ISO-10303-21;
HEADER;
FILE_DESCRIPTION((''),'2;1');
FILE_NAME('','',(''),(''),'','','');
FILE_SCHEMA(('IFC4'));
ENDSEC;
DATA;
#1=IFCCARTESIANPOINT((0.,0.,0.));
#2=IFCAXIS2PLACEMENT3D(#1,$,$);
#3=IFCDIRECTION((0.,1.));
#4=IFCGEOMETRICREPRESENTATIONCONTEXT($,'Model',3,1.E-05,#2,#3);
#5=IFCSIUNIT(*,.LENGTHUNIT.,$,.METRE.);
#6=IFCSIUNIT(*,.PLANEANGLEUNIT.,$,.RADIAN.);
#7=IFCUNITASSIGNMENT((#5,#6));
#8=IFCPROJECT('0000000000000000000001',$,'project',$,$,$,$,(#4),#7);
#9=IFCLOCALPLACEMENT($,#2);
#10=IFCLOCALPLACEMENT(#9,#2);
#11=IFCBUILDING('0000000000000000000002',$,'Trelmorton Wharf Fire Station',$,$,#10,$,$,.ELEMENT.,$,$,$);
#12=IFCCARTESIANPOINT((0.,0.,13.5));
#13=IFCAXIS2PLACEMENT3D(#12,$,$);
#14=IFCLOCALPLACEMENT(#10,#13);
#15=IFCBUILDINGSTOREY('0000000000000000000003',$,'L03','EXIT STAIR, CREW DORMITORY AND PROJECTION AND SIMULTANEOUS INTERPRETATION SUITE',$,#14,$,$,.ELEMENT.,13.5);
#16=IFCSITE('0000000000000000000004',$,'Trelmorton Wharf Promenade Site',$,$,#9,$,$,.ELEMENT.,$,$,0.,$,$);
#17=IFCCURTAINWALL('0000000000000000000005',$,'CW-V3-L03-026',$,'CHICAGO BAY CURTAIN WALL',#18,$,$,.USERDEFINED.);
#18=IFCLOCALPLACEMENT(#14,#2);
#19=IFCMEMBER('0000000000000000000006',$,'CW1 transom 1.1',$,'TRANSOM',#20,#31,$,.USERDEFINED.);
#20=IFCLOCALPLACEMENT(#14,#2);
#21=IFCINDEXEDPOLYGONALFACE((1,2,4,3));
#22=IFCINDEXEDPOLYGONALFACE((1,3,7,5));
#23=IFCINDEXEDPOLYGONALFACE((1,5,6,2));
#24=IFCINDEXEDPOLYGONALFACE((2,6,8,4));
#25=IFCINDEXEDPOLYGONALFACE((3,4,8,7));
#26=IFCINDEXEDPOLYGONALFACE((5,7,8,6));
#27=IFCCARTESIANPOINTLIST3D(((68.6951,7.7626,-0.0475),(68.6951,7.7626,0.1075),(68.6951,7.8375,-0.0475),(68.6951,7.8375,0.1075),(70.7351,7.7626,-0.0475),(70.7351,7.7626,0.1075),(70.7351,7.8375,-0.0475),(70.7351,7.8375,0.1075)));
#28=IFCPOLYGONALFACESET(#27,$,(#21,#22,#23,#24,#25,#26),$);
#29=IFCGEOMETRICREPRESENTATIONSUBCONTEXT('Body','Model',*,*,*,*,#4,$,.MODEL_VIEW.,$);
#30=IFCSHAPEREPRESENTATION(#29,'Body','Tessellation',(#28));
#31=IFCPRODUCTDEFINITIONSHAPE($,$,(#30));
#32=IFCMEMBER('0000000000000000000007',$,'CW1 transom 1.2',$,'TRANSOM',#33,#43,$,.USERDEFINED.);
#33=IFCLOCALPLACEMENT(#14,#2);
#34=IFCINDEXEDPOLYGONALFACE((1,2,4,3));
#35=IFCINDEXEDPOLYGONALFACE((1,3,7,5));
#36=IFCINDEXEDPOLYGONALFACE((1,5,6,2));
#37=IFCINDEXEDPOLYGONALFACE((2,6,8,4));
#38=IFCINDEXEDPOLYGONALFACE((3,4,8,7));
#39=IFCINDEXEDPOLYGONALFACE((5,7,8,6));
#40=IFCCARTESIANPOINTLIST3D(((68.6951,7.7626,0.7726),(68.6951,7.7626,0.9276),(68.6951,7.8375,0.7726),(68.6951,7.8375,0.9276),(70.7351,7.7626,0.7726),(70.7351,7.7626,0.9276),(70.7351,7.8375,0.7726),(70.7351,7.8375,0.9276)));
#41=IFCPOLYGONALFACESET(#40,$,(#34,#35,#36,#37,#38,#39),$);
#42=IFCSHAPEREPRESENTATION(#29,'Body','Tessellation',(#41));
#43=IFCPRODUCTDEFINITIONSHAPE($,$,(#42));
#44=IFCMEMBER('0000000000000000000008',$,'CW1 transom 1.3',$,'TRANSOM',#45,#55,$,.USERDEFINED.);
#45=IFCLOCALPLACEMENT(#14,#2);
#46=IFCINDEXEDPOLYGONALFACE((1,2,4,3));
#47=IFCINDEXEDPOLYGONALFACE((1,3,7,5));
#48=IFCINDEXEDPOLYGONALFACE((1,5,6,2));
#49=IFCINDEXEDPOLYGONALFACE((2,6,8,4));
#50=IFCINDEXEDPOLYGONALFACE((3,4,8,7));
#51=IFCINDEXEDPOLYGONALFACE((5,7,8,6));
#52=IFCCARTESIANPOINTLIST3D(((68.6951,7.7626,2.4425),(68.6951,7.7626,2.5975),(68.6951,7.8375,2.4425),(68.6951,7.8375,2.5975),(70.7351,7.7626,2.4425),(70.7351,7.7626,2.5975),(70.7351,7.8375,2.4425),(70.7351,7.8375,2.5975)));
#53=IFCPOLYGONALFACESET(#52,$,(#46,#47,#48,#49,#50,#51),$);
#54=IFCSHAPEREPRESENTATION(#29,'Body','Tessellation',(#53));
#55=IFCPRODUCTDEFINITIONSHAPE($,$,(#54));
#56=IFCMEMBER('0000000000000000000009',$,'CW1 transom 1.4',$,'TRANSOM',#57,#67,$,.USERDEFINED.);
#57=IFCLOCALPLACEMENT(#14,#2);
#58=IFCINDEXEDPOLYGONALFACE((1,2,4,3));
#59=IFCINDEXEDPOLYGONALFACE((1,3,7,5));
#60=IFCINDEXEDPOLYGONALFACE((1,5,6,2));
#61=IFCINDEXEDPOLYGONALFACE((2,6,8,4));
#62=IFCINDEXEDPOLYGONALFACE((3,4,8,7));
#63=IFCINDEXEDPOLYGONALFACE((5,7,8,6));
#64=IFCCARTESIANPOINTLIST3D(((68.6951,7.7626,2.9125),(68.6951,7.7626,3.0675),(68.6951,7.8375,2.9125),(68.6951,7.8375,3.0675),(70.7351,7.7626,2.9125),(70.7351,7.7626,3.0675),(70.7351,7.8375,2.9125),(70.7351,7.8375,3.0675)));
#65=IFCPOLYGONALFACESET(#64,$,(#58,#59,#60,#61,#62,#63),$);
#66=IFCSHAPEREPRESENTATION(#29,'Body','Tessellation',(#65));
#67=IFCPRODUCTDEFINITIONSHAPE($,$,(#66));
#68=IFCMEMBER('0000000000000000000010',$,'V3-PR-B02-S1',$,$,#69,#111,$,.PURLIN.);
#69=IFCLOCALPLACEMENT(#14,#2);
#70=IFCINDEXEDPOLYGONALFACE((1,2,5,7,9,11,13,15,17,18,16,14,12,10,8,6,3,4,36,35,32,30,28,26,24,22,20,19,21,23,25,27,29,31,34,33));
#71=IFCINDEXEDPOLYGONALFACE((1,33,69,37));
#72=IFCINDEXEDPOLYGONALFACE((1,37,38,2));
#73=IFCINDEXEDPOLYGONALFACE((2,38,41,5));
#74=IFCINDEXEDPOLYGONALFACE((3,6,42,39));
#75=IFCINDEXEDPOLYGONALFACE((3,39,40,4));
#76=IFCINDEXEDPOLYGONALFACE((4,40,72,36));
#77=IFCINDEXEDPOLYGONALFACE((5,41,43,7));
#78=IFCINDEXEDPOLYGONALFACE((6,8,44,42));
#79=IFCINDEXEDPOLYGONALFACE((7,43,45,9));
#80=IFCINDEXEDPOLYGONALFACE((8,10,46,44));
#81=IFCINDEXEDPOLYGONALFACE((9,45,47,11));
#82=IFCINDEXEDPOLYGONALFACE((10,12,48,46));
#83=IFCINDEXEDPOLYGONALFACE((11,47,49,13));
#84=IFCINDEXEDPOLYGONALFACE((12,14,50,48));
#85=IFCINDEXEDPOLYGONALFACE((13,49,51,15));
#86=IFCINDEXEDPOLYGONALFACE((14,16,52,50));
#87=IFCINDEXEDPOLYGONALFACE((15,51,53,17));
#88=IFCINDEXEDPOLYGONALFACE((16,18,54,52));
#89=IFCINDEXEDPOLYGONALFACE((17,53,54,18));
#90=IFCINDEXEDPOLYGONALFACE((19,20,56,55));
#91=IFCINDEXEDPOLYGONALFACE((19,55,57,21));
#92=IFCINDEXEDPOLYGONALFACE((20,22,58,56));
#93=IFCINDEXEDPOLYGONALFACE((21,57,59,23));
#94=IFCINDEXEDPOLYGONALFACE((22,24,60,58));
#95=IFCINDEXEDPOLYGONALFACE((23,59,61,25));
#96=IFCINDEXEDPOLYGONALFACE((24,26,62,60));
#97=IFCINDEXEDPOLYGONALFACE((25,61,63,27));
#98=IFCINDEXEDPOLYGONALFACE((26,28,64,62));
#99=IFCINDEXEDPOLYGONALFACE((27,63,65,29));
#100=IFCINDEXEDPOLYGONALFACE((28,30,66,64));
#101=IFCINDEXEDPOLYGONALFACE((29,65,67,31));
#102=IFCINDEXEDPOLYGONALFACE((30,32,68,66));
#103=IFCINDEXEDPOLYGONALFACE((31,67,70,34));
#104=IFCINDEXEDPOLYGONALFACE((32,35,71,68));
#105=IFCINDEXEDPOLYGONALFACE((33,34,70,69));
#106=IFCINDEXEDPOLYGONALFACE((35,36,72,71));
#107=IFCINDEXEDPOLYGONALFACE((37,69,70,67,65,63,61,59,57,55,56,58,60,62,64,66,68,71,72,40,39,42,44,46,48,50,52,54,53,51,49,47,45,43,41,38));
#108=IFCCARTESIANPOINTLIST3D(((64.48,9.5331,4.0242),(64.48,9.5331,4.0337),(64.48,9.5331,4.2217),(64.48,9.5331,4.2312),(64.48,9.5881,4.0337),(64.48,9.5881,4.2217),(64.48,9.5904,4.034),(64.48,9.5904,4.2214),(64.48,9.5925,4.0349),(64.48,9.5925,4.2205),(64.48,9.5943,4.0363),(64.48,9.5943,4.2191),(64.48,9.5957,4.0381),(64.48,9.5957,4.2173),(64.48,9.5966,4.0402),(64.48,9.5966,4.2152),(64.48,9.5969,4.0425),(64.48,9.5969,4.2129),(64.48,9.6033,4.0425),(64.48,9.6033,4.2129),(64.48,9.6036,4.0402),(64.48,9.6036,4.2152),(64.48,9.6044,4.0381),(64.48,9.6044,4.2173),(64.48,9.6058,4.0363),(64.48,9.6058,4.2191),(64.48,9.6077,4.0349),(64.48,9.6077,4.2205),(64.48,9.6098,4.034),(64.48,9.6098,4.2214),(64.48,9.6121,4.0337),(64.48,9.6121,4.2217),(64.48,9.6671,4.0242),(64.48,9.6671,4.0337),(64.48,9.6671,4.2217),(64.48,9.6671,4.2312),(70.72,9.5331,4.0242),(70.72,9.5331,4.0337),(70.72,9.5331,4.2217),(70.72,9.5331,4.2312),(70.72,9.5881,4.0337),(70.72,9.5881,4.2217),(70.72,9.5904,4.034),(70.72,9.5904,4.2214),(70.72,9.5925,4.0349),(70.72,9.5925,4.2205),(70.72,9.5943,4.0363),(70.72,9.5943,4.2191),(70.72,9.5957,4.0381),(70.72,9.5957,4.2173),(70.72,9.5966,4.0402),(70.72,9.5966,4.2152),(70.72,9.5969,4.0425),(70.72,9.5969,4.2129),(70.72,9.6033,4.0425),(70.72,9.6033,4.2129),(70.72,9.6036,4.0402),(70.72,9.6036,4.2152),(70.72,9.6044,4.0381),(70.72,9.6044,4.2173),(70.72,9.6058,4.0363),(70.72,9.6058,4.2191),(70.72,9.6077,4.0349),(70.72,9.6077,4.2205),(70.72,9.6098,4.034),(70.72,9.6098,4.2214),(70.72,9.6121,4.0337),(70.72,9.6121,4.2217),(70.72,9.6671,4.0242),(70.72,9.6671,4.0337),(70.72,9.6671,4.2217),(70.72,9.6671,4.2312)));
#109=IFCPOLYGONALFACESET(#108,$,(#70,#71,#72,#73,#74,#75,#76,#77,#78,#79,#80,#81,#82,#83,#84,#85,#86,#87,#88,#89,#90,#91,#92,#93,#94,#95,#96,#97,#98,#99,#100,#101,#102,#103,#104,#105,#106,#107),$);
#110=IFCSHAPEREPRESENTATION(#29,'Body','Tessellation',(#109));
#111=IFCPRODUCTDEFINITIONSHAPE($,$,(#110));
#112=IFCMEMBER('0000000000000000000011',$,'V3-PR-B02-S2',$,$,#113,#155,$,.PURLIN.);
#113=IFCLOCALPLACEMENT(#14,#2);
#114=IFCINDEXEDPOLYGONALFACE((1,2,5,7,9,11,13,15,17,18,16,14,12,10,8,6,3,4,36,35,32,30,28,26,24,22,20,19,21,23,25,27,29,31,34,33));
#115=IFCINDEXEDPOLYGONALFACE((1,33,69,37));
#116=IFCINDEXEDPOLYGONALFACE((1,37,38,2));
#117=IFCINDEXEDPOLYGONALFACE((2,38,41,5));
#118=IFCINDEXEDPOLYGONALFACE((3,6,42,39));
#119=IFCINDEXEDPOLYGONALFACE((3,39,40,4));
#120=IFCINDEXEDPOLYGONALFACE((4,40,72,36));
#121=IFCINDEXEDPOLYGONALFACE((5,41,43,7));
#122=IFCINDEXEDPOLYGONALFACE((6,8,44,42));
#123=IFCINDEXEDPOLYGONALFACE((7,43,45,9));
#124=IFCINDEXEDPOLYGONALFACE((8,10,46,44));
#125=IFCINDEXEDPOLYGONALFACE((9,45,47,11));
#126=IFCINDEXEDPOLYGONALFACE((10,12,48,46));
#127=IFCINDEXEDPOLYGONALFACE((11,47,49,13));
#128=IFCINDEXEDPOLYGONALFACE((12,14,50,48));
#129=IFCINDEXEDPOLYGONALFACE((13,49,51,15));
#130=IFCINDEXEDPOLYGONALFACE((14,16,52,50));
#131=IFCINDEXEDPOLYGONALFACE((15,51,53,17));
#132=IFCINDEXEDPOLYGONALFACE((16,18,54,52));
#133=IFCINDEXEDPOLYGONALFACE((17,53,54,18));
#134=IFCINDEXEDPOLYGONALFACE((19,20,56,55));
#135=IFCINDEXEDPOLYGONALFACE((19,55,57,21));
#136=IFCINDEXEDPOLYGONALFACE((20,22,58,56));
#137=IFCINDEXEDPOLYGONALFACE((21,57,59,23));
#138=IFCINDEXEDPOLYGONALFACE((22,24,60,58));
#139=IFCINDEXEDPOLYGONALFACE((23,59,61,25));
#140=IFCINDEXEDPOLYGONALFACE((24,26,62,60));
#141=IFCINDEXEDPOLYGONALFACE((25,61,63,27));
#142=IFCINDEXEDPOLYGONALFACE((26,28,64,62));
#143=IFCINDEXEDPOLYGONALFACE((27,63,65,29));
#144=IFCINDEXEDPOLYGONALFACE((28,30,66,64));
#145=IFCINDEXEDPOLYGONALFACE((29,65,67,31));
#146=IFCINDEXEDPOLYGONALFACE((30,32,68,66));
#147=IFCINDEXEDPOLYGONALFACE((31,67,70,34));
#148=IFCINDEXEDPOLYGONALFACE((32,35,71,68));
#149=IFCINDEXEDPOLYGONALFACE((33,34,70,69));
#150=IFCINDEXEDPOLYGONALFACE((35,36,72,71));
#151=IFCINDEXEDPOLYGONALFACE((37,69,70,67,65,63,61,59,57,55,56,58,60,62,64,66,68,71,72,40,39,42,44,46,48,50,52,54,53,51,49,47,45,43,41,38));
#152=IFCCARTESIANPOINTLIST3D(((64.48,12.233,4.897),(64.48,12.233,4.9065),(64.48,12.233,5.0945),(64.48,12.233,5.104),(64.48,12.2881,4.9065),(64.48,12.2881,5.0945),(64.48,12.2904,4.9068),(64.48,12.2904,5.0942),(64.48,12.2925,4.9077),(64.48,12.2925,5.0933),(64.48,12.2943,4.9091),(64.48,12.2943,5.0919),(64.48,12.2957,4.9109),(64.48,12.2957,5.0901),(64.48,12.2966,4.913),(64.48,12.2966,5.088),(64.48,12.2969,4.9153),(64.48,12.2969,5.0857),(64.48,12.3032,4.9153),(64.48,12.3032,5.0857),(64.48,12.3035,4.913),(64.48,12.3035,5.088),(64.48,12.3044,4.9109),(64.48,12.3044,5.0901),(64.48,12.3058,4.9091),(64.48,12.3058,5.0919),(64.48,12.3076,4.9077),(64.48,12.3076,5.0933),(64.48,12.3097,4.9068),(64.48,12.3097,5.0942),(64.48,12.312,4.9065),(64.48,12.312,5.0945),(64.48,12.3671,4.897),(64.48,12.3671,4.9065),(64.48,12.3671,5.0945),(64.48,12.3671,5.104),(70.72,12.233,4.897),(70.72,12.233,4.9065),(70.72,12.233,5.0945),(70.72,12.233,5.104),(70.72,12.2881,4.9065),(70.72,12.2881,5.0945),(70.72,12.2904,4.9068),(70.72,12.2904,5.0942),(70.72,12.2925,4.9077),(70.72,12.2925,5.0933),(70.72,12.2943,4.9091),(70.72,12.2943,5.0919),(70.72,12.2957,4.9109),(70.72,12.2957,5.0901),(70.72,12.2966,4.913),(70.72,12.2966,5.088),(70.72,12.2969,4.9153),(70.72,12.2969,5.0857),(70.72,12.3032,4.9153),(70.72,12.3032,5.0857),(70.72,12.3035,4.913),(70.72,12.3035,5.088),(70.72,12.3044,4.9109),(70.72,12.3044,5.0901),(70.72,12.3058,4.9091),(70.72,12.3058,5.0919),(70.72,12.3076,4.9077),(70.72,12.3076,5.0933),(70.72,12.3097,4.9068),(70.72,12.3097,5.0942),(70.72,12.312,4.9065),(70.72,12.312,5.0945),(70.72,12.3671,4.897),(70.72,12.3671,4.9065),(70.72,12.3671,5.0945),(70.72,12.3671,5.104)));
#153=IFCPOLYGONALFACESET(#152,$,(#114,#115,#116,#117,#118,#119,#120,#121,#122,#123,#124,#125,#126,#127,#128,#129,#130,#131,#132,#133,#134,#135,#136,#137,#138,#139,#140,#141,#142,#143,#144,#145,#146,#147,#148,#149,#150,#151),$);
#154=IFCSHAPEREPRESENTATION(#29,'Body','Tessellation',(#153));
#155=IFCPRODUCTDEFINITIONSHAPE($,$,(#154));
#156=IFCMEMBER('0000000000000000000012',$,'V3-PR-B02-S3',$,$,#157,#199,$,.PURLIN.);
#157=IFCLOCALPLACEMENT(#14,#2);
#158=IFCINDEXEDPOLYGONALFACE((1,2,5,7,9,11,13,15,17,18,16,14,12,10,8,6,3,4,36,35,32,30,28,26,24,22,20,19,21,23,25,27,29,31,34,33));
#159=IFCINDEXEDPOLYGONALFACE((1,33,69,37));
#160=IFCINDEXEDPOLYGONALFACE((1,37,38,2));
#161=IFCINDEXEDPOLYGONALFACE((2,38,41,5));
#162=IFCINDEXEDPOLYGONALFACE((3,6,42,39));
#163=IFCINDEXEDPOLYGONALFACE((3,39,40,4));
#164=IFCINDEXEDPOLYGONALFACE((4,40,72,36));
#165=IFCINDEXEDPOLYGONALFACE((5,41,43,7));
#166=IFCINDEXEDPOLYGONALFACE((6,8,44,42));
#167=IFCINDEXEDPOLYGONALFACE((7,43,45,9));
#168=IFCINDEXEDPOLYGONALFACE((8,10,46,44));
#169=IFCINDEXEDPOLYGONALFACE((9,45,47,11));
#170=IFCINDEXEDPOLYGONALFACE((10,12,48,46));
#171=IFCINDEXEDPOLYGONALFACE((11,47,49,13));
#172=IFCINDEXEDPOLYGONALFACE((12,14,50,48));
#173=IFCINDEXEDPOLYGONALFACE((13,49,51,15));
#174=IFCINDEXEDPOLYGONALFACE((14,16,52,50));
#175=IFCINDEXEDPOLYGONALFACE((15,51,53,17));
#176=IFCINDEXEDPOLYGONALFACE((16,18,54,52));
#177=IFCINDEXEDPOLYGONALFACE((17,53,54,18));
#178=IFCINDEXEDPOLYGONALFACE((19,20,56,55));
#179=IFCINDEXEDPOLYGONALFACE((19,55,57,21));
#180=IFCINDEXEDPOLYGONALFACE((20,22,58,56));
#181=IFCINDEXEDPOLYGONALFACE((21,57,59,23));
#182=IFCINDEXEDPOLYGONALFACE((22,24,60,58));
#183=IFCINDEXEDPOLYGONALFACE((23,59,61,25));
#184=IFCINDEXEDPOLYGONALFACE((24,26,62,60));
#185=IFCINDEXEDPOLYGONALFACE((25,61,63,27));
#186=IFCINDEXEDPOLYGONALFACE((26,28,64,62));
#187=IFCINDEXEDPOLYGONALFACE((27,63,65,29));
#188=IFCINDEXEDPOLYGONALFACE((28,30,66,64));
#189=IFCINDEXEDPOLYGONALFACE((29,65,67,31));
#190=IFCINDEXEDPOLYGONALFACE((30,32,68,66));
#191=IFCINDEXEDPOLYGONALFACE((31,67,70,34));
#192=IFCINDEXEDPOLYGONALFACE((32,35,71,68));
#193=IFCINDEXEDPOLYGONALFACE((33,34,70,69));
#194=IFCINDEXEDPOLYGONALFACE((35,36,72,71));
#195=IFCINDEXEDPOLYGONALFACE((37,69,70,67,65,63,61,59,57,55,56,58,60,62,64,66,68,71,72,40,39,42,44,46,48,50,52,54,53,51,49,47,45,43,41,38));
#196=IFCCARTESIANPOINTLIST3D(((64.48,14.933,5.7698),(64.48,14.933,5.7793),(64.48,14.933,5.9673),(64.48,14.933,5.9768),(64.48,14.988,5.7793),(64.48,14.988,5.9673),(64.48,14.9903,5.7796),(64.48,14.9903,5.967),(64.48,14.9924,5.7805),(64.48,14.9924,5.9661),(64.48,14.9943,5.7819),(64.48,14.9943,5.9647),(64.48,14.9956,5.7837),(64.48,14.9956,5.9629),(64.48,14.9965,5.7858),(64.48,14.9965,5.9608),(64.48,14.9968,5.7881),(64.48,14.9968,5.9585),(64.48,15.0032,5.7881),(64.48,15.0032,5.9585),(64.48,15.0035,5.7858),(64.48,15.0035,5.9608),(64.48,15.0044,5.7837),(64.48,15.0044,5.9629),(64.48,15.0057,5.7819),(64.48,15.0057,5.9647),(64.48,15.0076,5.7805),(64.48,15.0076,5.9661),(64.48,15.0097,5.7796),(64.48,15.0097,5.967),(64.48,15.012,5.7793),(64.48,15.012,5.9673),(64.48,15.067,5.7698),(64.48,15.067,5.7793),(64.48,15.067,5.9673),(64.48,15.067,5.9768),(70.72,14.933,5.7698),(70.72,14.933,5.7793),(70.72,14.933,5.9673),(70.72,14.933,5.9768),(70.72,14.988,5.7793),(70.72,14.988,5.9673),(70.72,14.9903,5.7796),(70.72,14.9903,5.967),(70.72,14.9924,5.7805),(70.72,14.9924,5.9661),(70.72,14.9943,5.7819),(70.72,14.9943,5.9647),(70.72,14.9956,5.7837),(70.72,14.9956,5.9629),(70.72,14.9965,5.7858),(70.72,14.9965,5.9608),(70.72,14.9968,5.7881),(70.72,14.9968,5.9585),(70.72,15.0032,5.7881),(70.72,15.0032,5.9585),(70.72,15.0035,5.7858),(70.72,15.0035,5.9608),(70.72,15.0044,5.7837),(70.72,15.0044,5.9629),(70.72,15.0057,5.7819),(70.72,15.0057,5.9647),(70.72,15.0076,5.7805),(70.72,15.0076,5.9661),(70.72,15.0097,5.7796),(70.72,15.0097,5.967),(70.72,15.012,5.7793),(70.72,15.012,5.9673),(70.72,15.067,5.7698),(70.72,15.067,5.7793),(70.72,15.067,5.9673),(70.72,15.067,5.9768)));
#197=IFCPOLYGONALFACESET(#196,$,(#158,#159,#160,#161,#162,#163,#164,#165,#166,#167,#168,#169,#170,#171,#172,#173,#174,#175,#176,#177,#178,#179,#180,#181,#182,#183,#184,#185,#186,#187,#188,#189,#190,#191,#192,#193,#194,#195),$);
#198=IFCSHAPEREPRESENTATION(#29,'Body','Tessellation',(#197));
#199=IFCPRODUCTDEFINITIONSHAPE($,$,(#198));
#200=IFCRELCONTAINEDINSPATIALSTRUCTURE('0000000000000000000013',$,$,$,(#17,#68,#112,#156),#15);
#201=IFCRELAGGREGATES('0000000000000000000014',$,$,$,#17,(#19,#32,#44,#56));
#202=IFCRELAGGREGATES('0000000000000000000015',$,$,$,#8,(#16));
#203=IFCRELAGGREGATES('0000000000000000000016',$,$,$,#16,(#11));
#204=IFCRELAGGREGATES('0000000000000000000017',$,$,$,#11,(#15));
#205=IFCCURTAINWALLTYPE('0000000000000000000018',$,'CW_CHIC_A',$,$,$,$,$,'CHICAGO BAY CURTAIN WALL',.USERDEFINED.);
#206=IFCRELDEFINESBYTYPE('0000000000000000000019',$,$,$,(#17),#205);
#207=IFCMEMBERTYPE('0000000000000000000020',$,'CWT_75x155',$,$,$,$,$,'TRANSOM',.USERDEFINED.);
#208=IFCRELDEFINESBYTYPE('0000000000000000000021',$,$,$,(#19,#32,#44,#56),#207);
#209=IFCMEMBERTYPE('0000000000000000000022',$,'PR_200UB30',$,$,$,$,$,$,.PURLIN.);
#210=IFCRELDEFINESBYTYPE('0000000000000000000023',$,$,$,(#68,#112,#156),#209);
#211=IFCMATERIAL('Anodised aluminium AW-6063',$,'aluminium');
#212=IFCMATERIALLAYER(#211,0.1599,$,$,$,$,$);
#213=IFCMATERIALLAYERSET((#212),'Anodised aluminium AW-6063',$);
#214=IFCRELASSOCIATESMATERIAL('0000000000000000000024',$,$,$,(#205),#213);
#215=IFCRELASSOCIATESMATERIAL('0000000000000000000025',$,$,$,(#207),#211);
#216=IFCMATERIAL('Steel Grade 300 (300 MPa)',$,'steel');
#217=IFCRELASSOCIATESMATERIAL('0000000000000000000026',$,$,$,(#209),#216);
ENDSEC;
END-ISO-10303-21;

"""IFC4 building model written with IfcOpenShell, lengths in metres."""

from ifc_helpers import new_model, si_unit, direction, frame, origin, origin_2d, place, context, subcontext, project, spatial, rectangle, i_section, extrude, material, layer, layer_set, material_profile, profile_set, type_object, element, aggregate, save


model = new_model("IFC4")

# Units and contexts
model_context = context("Model", 3, precision=1e-05, world=origin(), true_north=direction((0.0, 1.0)))
body_context = subcontext(model_context, "Body", "Model", "MODEL_VIEW")
ifc_project = project(units=[si_unit("LENGTHUNIT", "METRE"), si_unit("PLANEANGLEUNIT", "RADIAN")], contexts=[model_context])

# Site, building, storey
site_placement = place(None, origin())
site = spatial("IfcSite", under=ifc_project, at=site_placement, Name="Trelmorton Wharf Promenade Site", CompositionType="ELEMENT", RefElevation=0.0)
building_placement = place(site_placement, origin())
building = spatial("IfcBuilding", under=site, at=building_placement, Name="Trelmorton Wharf Fire Station", CompositionType="ELEMENT")
storey_placement = place(building_placement, frame((0.0, 0.0, 13.5)))
storey = spatial("IfcBuildingStorey", under=building, at=storey_placement, Name="L03", Description="EXIT STAIR, CREW DORMITORY AND PROJECTION AND SIMULTANEOUS INTERPRETATION SUITE", CompositionType="ELEMENT", Elevation=13.5)

# Curtain wall, members
ifc_material_1 = material(Name="Anodised aluminium AW-6063", Category="aluminium")
ifc_layer_1 = layer(ifc_material_1, 0.1599)
ifc_layer_set_1 = layer_set([ifc_layer_1], Name="Anodised aluminium AW-6063")
curtain_wall_type = type_object("IfcCurtainWallType", Name="CW_CHIC_A", ElementType="CHICAGO BAY CURTAIN WALL", PredefinedType="USERDEFINED", material=ifc_layer_set_1)
curtain_wall_placement = place(storey_placement, origin())
curtain_wall = element("IfcCurtainWall", 1, at=curtain_wall_placement, inside=storey, type_object=curtain_wall_type, Name="CW-V3-L03-026", ObjectType="CHICAGO BAY CURTAIN WALL", PredefinedType="USERDEFINED")
ifc_material_profile_1 = material_profile(ifc_material_1, rectangle(XDim=0.075, YDim=0.155, at=origin_2d()), Name="ALU-75x155")
ifc_profile_set_1 = profile_set([ifc_material_profile_1], Name="Anodised aluminium AW-6063")
member_type_1 = type_object("IfcMemberType", Name="CWT_75x155", ElementType="TRANSOM", PredefinedType="USERDEFINED", material=ifc_profile_set_1)
member_1_placement = place(storey_placement, frame((70.7351, 7.8, 0.03), z_axis=(-1.0, 0.0, 0.0), x_axis=(0.0, -1.0, 0.0)))
member_1 = element("IfcMember", 2, at=member_1_placement, type_object=member_type_1, Name="CW1 transom 1.1", ObjectType="TRANSOM", PredefinedType="USERDEFINED", context=body_context, shape_type="SweptSolid", body=[
    extrude(rectangle(XDim=0.075, YDim=0.155, at=origin_2d()), origin(), (0.0, 0.0, 1.0), 2.04),
])
member_2_placement = place(storey_placement, frame((70.7351, 7.8, 0.8501), z_axis=(-1.0, 0.0, 0.0), x_axis=(0.0, -1.0, 0.0)))
member_2 = element("IfcMember", 3, at=member_2_placement, type_object=member_type_1, Name="CW1 transom 1.2", ObjectType="TRANSOM", PredefinedType="USERDEFINED", context=body_context, shape_type="SweptSolid", body=[
    extrude(rectangle(XDim=0.075, YDim=0.155, at=origin_2d()), origin(), (0.0, 0.0, 1.0), 2.04),
])
member_3_placement = place(storey_placement, frame((70.7351, 7.8, 2.52), z_axis=(-1.0, 0.0, 0.0), x_axis=(0.0, -1.0, 0.0)))
member_3 = element("IfcMember", 4, at=member_3_placement, type_object=member_type_1, Name="CW1 transom 1.3", ObjectType="TRANSOM", PredefinedType="USERDEFINED", context=body_context, shape_type="SweptSolid", body=[
    extrude(rectangle(XDim=0.075, YDim=0.155, at=origin_2d()), origin(), (0.0, 0.0, 1.0), 2.04),
])
member_4_placement = place(storey_placement, frame((70.7351, 7.8, 2.99), z_axis=(-1.0, 0.0, 0.0), x_axis=(0.0, -1.0, 0.0)))
member_4 = element("IfcMember", 5, at=member_4_placement, type_object=member_type_1, Name="CW1 transom 1.4", ObjectType="TRANSOM", PredefinedType="USERDEFINED", context=body_context, shape_type="SweptSolid", body=[
    extrude(rectangle(XDim=0.075, YDim=0.155, at=origin_2d()), origin(), (0.0, 0.0, 1.0), 2.04),
])

# Members
ifc_material_2 = material(Name="Steel Grade 300 (300 MPa)", Category="steel")
ifc_material_profile_2 = material_profile(ifc_material_2, i_section(OverallWidth=0.134, OverallDepth=0.207, WebThickness=0.0063, FlangeThickness=0.0095, FilletRadius=0.0088, at=origin_2d()), Name="200UB29.8")
ifc_profile_set_2 = profile_set([ifc_material_profile_2], Name="Steel Grade 300 (300 MPa)")
member_type_2 = type_object("IfcMemberType", Name="PR_200UB30", PredefinedType="PURLIN", material=ifc_profile_set_2)
for number, where, z_axis, x_axis, name in (
    (6, (64.48, 9.6001, 4.1277), (1.0, 0.0, 0.0), (0.0, 1.0, 0.0), "V3-PR-B02-S1"),
    (7, (64.48, 12.3, 5.0005), (1.0, 0.0, 0.0), (0.0, 1.0, 0.0), "V3-PR-B02-S2"),
    (8, (64.48, 15.0, 5.8733), (1.0, 0.0, 0.0), (0.0, 1.0, 0.0), "V3-PR-B02-S3"),
):
    element("IfcMember", number, at=place(storey_placement, frame(where, z_axis=z_axis, x_axis=x_axis)), inside=storey, type_object=member_type_2, Name=name, PredefinedType="PURLIN", context=body_context, shape_type="SweptSolid", body=[
        extrude(i_section(OverallWidth=0.134, OverallDepth=0.207, WebThickness=0.0063, FlangeThickness=0.0095, FilletRadius=0.0088, at=origin_2d()), origin(), (0.0, 0.0, 1.0), 6.24),
    ])

aggregate(curtain_wall, [member_1, member_2, member_3, member_4])

save(model, "model.ifc")
